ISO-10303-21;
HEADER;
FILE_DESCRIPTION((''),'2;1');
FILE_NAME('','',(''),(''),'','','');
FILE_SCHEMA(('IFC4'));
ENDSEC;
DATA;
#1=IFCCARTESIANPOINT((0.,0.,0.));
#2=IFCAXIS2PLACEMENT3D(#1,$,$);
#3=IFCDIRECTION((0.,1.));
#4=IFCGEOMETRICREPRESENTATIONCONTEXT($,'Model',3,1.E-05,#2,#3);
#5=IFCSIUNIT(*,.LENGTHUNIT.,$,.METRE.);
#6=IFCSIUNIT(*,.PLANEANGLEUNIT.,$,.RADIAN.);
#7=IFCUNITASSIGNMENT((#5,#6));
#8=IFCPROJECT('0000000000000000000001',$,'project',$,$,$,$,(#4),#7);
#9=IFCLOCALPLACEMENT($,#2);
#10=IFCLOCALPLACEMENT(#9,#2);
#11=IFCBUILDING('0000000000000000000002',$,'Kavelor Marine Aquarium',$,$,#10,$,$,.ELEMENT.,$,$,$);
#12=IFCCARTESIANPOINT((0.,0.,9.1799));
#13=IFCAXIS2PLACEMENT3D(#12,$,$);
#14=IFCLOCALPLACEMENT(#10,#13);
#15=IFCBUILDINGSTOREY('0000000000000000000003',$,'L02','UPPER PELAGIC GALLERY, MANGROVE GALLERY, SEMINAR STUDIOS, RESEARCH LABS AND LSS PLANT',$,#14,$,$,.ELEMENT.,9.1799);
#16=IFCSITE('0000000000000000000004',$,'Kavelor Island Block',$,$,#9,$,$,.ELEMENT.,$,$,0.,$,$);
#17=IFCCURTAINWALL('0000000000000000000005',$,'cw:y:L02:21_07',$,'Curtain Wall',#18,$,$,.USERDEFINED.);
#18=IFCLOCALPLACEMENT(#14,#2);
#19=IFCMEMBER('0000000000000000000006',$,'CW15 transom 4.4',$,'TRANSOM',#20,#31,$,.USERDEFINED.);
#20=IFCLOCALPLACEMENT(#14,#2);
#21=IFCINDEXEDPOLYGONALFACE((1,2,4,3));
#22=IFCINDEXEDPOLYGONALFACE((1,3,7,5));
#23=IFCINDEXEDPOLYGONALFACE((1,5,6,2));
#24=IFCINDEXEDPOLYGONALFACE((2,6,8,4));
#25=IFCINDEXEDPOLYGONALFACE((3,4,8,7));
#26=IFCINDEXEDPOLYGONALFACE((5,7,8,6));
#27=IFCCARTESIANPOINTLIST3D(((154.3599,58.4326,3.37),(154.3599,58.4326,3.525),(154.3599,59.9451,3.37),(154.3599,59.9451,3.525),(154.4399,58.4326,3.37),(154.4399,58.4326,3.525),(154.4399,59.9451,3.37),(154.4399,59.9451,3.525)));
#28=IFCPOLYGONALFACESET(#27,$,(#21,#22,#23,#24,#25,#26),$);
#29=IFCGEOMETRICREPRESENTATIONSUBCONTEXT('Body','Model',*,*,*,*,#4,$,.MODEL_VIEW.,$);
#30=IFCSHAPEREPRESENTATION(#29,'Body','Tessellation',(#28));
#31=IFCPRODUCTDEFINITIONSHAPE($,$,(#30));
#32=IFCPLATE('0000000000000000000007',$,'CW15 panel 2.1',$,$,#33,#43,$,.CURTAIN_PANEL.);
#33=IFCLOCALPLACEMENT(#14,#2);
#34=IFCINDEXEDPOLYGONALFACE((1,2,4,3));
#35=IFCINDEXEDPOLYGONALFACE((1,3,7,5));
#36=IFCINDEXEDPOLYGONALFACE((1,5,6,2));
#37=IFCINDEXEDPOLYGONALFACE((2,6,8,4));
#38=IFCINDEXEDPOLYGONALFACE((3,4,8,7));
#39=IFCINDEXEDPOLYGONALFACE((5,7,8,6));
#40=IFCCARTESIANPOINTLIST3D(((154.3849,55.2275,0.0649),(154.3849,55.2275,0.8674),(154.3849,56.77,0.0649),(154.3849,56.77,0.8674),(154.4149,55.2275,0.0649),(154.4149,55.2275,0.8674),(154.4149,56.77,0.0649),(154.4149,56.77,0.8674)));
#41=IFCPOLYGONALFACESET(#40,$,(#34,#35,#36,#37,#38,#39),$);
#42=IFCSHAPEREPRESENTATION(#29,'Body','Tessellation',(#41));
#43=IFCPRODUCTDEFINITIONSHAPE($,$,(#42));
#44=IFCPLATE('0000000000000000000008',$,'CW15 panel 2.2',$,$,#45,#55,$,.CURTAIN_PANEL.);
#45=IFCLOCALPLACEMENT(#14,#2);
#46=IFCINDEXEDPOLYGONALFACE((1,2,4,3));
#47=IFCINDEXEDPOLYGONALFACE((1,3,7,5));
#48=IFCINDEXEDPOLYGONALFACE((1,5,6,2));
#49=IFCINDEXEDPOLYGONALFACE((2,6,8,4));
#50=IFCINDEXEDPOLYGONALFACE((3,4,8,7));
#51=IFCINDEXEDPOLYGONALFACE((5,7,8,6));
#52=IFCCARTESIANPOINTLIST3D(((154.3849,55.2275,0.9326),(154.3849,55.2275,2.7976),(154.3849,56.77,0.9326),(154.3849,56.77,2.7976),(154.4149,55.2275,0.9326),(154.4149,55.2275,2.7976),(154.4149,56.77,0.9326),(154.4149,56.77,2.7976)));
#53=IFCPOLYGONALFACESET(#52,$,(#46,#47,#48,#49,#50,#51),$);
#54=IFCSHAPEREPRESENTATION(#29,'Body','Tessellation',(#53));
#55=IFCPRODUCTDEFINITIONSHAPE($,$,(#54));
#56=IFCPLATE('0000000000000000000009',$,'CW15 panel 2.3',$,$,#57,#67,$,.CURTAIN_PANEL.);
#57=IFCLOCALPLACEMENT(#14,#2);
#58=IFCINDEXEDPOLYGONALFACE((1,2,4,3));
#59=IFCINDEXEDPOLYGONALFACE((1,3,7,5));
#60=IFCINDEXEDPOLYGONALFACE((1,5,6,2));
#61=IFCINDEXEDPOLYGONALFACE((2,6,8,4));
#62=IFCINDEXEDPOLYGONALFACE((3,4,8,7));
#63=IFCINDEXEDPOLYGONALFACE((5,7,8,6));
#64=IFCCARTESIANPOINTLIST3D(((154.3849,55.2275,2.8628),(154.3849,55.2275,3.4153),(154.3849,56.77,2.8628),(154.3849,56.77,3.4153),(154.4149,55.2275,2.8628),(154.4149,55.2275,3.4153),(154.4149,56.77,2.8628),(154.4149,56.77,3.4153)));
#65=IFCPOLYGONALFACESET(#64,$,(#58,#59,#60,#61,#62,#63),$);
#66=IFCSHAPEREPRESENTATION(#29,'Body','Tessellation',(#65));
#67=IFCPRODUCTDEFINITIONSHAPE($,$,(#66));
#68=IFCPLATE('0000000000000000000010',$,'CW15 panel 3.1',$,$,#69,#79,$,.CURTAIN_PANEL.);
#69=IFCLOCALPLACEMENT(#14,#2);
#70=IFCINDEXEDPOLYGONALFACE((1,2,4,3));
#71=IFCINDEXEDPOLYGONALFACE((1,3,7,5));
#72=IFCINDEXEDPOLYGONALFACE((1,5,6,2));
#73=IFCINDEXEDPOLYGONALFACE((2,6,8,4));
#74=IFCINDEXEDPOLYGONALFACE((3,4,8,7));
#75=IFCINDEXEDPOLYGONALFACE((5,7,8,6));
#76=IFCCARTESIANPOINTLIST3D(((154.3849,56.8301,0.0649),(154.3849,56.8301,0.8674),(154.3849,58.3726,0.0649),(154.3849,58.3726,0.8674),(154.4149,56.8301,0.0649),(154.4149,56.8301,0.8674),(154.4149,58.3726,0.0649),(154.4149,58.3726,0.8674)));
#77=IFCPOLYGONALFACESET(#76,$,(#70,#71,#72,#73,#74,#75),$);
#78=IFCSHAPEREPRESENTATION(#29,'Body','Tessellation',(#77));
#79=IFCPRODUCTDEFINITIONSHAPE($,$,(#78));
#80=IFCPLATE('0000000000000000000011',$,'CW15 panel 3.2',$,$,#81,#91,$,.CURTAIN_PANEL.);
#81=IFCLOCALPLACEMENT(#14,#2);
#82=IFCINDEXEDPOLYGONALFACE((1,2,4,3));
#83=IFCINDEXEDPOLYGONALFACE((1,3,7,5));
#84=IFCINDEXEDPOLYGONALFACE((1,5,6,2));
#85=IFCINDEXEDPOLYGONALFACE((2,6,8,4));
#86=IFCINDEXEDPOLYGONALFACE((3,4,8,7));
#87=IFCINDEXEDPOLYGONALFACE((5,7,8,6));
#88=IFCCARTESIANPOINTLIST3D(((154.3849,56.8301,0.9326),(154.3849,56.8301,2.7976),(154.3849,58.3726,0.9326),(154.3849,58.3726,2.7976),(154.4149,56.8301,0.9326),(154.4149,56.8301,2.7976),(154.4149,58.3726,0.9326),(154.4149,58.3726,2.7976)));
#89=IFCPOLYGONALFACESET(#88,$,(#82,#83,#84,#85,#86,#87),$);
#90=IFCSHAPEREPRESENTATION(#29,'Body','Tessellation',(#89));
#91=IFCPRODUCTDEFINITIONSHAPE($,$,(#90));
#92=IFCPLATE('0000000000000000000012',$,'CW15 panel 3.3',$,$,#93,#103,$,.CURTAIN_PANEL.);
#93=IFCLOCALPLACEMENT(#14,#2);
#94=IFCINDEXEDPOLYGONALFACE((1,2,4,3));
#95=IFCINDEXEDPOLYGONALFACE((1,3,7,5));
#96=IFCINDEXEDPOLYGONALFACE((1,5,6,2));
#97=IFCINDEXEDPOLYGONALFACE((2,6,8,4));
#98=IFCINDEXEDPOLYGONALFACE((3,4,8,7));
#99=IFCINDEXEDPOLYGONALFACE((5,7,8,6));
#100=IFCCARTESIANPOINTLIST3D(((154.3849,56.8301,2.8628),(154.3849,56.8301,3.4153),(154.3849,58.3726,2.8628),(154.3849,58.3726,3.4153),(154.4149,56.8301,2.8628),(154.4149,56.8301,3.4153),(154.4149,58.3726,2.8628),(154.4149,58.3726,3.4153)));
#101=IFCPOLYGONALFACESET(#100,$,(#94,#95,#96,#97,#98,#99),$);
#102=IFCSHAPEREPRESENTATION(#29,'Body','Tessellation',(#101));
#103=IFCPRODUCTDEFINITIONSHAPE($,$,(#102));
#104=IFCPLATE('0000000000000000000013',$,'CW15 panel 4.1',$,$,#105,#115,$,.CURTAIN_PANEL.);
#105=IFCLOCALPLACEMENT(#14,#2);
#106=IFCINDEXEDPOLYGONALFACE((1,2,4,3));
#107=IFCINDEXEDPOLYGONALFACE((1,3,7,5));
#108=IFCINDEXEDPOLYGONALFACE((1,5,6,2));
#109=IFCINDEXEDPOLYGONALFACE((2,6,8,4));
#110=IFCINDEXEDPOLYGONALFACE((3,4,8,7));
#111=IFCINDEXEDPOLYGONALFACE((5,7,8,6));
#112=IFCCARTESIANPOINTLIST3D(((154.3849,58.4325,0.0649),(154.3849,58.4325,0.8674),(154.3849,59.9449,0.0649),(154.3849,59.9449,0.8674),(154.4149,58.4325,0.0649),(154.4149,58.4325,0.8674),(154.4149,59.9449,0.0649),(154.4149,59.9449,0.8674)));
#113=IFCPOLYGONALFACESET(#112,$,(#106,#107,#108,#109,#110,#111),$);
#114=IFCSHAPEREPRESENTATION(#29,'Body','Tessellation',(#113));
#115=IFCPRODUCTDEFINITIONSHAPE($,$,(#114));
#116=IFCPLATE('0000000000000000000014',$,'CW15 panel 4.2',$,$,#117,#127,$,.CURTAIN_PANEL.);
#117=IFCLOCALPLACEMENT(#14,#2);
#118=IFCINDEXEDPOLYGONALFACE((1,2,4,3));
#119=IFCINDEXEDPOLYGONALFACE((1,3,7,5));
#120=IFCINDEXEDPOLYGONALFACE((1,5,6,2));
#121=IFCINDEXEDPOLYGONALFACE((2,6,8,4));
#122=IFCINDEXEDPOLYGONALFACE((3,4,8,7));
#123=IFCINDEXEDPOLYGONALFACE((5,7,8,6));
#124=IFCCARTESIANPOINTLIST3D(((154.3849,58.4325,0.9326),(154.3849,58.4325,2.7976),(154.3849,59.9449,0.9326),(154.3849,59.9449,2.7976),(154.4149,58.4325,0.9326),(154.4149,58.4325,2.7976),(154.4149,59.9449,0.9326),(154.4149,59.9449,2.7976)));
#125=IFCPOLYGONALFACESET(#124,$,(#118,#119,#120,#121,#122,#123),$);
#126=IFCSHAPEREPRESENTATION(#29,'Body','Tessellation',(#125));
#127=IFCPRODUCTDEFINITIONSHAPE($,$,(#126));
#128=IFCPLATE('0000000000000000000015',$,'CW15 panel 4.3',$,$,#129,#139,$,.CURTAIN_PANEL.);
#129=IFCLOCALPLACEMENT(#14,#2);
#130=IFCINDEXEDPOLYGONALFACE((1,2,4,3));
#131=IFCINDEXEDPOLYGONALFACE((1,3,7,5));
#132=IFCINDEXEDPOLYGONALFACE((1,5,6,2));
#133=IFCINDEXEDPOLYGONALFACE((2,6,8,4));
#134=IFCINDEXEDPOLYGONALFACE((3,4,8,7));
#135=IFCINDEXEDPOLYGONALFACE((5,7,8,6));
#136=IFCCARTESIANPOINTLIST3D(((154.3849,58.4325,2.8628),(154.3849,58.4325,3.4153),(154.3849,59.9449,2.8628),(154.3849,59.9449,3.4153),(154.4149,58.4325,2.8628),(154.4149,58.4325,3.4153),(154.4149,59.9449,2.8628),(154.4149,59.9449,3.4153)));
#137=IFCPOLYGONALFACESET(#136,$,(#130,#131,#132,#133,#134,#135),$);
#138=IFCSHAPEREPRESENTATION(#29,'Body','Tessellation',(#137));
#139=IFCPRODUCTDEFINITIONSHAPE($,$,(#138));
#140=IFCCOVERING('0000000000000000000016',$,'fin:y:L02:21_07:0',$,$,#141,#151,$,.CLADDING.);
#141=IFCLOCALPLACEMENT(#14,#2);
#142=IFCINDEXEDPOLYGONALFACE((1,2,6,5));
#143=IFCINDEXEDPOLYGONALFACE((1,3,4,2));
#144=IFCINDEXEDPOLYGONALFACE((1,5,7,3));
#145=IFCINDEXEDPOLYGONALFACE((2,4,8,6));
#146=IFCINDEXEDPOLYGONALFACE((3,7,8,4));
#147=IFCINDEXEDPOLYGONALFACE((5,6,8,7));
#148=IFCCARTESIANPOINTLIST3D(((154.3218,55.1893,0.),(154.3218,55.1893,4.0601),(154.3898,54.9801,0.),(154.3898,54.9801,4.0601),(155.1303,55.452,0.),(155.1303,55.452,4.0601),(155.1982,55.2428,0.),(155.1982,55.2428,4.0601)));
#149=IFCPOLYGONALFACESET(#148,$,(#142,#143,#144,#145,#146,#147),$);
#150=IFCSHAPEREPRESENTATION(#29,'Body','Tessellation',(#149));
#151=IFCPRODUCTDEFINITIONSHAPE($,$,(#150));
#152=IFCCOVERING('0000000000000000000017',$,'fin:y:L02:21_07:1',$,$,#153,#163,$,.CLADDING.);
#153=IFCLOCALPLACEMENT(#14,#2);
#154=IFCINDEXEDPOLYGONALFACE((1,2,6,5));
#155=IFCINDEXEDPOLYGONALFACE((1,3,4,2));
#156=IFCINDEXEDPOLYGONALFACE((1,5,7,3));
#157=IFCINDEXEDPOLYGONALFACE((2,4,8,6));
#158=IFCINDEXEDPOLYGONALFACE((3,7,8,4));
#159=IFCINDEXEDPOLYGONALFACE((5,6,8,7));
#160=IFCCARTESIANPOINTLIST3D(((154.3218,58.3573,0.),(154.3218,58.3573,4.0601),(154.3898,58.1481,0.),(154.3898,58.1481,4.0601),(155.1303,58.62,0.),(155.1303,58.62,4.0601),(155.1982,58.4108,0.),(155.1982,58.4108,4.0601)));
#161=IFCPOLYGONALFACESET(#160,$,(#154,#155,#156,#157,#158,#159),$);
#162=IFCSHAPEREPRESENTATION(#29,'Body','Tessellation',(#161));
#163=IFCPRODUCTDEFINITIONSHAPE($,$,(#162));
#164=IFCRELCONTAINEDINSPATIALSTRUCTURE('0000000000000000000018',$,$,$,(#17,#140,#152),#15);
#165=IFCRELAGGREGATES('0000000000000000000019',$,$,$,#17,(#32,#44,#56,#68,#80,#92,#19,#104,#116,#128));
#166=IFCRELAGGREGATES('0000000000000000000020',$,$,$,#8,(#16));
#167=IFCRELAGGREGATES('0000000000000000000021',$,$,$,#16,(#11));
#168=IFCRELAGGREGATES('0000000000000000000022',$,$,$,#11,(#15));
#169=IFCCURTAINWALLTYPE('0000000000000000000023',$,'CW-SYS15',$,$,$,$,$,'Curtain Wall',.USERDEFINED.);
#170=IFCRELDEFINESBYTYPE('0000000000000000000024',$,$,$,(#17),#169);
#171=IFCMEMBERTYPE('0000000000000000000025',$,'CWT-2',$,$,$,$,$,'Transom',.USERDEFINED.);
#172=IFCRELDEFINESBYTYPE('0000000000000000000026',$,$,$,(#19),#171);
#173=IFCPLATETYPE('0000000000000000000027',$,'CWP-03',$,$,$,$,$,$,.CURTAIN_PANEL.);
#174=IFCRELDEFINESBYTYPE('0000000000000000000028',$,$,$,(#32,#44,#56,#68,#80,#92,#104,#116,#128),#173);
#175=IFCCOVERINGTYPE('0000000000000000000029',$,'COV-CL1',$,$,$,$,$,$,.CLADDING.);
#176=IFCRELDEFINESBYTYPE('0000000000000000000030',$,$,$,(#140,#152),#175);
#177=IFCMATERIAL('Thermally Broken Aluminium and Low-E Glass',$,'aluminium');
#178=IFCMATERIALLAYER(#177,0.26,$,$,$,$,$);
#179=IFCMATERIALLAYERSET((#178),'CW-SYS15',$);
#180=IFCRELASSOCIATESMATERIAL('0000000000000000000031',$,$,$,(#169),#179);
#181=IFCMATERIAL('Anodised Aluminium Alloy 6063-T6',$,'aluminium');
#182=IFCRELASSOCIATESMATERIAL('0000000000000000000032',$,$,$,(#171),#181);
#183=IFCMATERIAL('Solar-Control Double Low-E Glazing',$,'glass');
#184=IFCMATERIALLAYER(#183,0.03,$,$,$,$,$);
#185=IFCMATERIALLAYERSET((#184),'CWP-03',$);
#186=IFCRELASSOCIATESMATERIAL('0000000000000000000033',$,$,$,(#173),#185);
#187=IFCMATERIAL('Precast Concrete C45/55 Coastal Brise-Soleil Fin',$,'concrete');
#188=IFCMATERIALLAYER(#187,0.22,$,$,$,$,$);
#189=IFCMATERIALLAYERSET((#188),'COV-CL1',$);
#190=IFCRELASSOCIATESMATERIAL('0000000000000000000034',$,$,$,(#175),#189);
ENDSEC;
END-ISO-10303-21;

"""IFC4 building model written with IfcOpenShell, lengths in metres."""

from ifc_helpers import new_model, si_unit, direction, frame, origin, origin_2d, place, context, subcontext, project, spatial, rectangle, extrude, material, layer, layer_set, material_profile, profile_set, type_object, element, aggregate, save


model = new_model("IFC4")

# Units and contexts
model_context = context("Model", 3, precision=1e-05, world=origin(), true_north=direction((0.0, 1.0)))
body_context = subcontext(model_context, "Body", "Model", "MODEL_VIEW")
ifc_project = project(units=[si_unit("LENGTHUNIT", "METRE"), si_unit("PLANEANGLEUNIT", "RADIAN")], contexts=[model_context])

# Site, building, storey
site_placement = place(None, origin())
site = spatial("IfcSite", under=ifc_project, at=site_placement, Name="Kavelor Island Block", CompositionType="ELEMENT", RefElevation=0.0)
building_placement = place(site_placement, origin())
building = spatial("IfcBuilding", under=site, at=building_placement, Name="Kavelor Marine Aquarium", CompositionType="ELEMENT")
storey_placement = place(building_placement, frame((0.0, 0.0, 9.1799)))
storey = spatial("IfcBuildingStorey", under=building, at=storey_placement, Name="L02", Description="UPPER PELAGIC GALLERY, MANGROVE GALLERY, SEMINAR STUDIOS, RESEARCH LABS AND LSS PLANT", CompositionType="ELEMENT", Elevation=9.1799)

# Curtain wall, member, plates
ifc_material_1 = material(Name="Thermally Broken Aluminium and Low-E Glass", Category="aluminium")
ifc_layer_1 = layer(ifc_material_1, 0.26)
ifc_layer_set_1 = layer_set([ifc_layer_1], Name="CW-SYS15")
curtain_wall_type = type_object("IfcCurtainWallType", Name="CW-SYS15", ElementType="Curtain Wall", PredefinedType="USERDEFINED", material=ifc_layer_set_1)
curtain_wall_placement = place(storey_placement, origin())
curtain_wall = element("IfcCurtainWall", 1, at=curtain_wall_placement, inside=storey, type_object=curtain_wall_type, Name="cw:y:L02:21_07", ObjectType="Curtain Wall", PredefinedType="USERDEFINED")
ifc_material_2 = material(Name="Anodised Aluminium Alloy 6063-T6", Category="aluminium")
ifc_material_profile_1 = material_profile(ifc_material_2, rectangle(XDim=0.0801, YDim=0.155, at=origin_2d()), Name="CW-TRN 80x155")
ifc_profile_set_1 = profile_set([ifc_material_profile_1], Name="Anodised Aluminium Alloy 6063-T6")
member_type_1 = type_object("IfcMemberType", Name="CWT-2", ElementType="Transom", PredefinedType="USERDEFINED", material=ifc_profile_set_1)
member_1_placement = place(storey_placement, frame((154.3999, 58.4326, 3.4475), z_axis=(0.0, 1.0, 0.0), x_axis=(-1.0, 0.0, 0.0)))
member_1 = element("IfcMember", 2, at=member_1_placement, type_object=member_type_1, Name="CW15 transom 4.4", ObjectType="TRANSOM", PredefinedType="USERDEFINED", context=body_context, shape_type="SweptSolid", body=[
    extrude(rectangle(XDim=0.0801, YDim=0.155, at=origin_2d()), origin(), (0.0, 0.0, 1.0), 1.5125),
])
ifc_material_3 = material(Name="Solar-Control Double Low-E Glazing", Category="glass")
ifc_layer_2 = layer(ifc_material_3, 0.03)
ifc_layer_set_2 = layer_set([ifc_layer_2], Name="CWP-03")
plate_type = type_object("IfcPlateType", Name="CWP-03", PredefinedType="CURTAIN_PANEL", material=ifc_layer_set_2)
plate_1_placement = place(storey_placement, frame((154.3999, 55.9988, 0.0649), z_axis=(0.0, 0.0, 1.0), x_axis=(0.0, 1.0, 0.0)))
plate_1 = element("IfcPlate", 3, at=plate_1_placement, type_object=plate_type, Name="CW15 panel 2.1", PredefinedType="CURTAIN_PANEL", context=body_context, shape_type="SweptSolid", body=[
    extrude(rectangle(XDim=1.5425, YDim=0.03, at=origin_2d()), origin(), (0.0, 0.0, 1.0), 0.8025),
])
plate_2_placement = place(storey_placement, frame((154.3999, 55.9988, 0.9326), z_axis=(0.0, 0.0, 1.0), x_axis=(0.0, 1.0, 0.0)))
plate_2 = element("IfcPlate", 4, at=plate_2_placement, type_object=plate_type, Name="CW15 panel 2.2", PredefinedType="CURTAIN_PANEL", context=body_context, shape_type="SweptSolid", body=[
    extrude(rectangle(XDim=1.5425, YDim=0.03, at=origin_2d()), origin(), (0.0, 0.0, 1.0), 1.865),
])
plate_3_placement = place(storey_placement, frame((154.3999, 55.9988, 2.8628), z_axis=(0.0, 0.0, 1.0), x_axis=(0.0, 1.0, 0.0)))
plate_3 = element("IfcPlate", 5, at=plate_3_placement, type_object=plate_type, Name="CW15 panel 2.3", PredefinedType="CURTAIN_PANEL", context=body_context, shape_type="SweptSolid", body=[
    extrude(rectangle(XDim=1.5425, YDim=0.03, at=origin_2d()), origin(), (0.0, 0.0, 1.0), 0.5525),
])
plate_4_placement = place(storey_placement, frame((154.3999, 57.6013, 0.0649), z_axis=(0.0, 0.0, 1.0), x_axis=(0.0, 1.0, 0.0)))
plate_4 = element("IfcPlate", 6, at=plate_4_placement, type_object=plate_type, Name="CW15 panel 3.1", PredefinedType="CURTAIN_PANEL", context=body_context, shape_type="SweptSolid", body=[
    extrude(rectangle(XDim=1.5425, YDim=0.03, at=origin_2d()), origin(), (0.0, 0.0, 1.0), 0.8025),
])
plate_5_placement = place(storey_placement, frame((154.3999, 57.6013, 0.9326), z_axis=(0.0, 0.0, 1.0), x_axis=(0.0, 1.0, 0.0)))
plate_5 = element("IfcPlate", 7, at=plate_5_placement, type_object=plate_type, Name="CW15 panel 3.2", PredefinedType="CURTAIN_PANEL", context=body_context, shape_type="SweptSolid", body=[
    extrude(rectangle(XDim=1.5425, YDim=0.03, at=origin_2d()), origin(), (0.0, 0.0, 1.0), 1.865),
])
plate_6_placement = place(storey_placement, frame((154.3999, 57.6013, 2.8628), z_axis=(0.0, 0.0, 1.0), x_axis=(0.0, 1.0, 0.0)))
plate_6 = element("IfcPlate", 8, at=plate_6_placement, type_object=plate_type, Name="CW15 panel 3.3", PredefinedType="CURTAIN_PANEL", context=body_context, shape_type="SweptSolid", body=[
    extrude(rectangle(XDim=1.5425, YDim=0.03, at=origin_2d()), origin(), (0.0, 0.0, 1.0), 0.5525),
])
plate_7_placement = place(storey_placement, frame((154.3999, 59.1887, 0.0649), z_axis=(0.0, 0.0, 1.0), x_axis=(0.0, 1.0, 0.0)))
plate_7 = element("IfcPlate", 9, at=plate_7_placement, type_object=plate_type, Name="CW15 panel 4.1", PredefinedType="CURTAIN_PANEL", context=body_context, shape_type="SweptSolid", body=[
    extrude(rectangle(XDim=1.5125, YDim=0.03, at=origin_2d()), origin(), (0.0, 0.0, 1.0), 0.8025),
])
plate_8_placement = place(storey_placement, frame((154.3999, 59.1887, 0.9326), z_axis=(0.0, 0.0, 1.0), x_axis=(0.0, 1.0, 0.0)))
plate_8 = element("IfcPlate", 10, at=plate_8_placement, type_object=plate_type, Name="CW15 panel 4.2", PredefinedType="CURTAIN_PANEL", context=body_context, shape_type="SweptSolid", body=[
    extrude(rectangle(XDim=1.5125, YDim=0.03, at=origin_2d()), origin(), (0.0, 0.0, 1.0), 1.865),
])
plate_9_placement = place(storey_placement, frame((154.3999, 59.1887, 2.8628), z_axis=(0.0, 0.0, 1.0), x_axis=(0.0, 1.0, 0.0)))
plate_9 = element("IfcPlate", 11, at=plate_9_placement, type_object=plate_type, Name="CW15 panel 4.3", PredefinedType="CURTAIN_PANEL", context=body_context, shape_type="SweptSolid", body=[
    extrude(rectangle(XDim=1.5125, YDim=0.03, at=origin_2d()), origin(), (0.0, 0.0, 1.0), 0.5525),
])
aggregate(curtain_wall, [plate_1, plate_2, plate_3, plate_4, plate_5, plate_6, member_1, plate_7, plate_8, plate_9])

# Coverings
ifc_material_4 = material(Name="Precast Concrete C45/55 Coastal Brise-Soleil Fin", Category="concrete")
ifc_layer_3 = layer(ifc_material_4, 0.22)
ifc_layer_set_3 = layer_set([ifc_layer_3], Name="COV-CL1")
covering_type = type_object("IfcCoveringType", Name="COV-CL1", PredefinedType="CLADDING", material=ifc_layer_set_3)
for number, where, z_axis, x_axis, name in (
    (12, (154.76, 55.2161, 0.0), (0.0, 0.0, 1.0), (0.951057, 0.309017, 0.0), "fin:y:L02:21_07:0"),
    (13, (154.76, 58.384, 0.0), (0.0, 0.0, 1.0), (0.951057, 0.309017, 0.0), "fin:y:L02:21_07:1"),
):
    element("IfcCovering", number, at=place(storey_placement, frame(where, z_axis=z_axis, x_axis=x_axis)), inside=storey, type_object=covering_type, Name=name, PredefinedType="CLADDING", context=body_context, shape_type="SweptSolid", body=[
        extrude(rectangle(XDim=0.8501, YDim=0.22, at=origin_2d()), origin(), (0.0, 0.0, 1.0), 4.0601),
    ])

save(model, "model.ifc")
